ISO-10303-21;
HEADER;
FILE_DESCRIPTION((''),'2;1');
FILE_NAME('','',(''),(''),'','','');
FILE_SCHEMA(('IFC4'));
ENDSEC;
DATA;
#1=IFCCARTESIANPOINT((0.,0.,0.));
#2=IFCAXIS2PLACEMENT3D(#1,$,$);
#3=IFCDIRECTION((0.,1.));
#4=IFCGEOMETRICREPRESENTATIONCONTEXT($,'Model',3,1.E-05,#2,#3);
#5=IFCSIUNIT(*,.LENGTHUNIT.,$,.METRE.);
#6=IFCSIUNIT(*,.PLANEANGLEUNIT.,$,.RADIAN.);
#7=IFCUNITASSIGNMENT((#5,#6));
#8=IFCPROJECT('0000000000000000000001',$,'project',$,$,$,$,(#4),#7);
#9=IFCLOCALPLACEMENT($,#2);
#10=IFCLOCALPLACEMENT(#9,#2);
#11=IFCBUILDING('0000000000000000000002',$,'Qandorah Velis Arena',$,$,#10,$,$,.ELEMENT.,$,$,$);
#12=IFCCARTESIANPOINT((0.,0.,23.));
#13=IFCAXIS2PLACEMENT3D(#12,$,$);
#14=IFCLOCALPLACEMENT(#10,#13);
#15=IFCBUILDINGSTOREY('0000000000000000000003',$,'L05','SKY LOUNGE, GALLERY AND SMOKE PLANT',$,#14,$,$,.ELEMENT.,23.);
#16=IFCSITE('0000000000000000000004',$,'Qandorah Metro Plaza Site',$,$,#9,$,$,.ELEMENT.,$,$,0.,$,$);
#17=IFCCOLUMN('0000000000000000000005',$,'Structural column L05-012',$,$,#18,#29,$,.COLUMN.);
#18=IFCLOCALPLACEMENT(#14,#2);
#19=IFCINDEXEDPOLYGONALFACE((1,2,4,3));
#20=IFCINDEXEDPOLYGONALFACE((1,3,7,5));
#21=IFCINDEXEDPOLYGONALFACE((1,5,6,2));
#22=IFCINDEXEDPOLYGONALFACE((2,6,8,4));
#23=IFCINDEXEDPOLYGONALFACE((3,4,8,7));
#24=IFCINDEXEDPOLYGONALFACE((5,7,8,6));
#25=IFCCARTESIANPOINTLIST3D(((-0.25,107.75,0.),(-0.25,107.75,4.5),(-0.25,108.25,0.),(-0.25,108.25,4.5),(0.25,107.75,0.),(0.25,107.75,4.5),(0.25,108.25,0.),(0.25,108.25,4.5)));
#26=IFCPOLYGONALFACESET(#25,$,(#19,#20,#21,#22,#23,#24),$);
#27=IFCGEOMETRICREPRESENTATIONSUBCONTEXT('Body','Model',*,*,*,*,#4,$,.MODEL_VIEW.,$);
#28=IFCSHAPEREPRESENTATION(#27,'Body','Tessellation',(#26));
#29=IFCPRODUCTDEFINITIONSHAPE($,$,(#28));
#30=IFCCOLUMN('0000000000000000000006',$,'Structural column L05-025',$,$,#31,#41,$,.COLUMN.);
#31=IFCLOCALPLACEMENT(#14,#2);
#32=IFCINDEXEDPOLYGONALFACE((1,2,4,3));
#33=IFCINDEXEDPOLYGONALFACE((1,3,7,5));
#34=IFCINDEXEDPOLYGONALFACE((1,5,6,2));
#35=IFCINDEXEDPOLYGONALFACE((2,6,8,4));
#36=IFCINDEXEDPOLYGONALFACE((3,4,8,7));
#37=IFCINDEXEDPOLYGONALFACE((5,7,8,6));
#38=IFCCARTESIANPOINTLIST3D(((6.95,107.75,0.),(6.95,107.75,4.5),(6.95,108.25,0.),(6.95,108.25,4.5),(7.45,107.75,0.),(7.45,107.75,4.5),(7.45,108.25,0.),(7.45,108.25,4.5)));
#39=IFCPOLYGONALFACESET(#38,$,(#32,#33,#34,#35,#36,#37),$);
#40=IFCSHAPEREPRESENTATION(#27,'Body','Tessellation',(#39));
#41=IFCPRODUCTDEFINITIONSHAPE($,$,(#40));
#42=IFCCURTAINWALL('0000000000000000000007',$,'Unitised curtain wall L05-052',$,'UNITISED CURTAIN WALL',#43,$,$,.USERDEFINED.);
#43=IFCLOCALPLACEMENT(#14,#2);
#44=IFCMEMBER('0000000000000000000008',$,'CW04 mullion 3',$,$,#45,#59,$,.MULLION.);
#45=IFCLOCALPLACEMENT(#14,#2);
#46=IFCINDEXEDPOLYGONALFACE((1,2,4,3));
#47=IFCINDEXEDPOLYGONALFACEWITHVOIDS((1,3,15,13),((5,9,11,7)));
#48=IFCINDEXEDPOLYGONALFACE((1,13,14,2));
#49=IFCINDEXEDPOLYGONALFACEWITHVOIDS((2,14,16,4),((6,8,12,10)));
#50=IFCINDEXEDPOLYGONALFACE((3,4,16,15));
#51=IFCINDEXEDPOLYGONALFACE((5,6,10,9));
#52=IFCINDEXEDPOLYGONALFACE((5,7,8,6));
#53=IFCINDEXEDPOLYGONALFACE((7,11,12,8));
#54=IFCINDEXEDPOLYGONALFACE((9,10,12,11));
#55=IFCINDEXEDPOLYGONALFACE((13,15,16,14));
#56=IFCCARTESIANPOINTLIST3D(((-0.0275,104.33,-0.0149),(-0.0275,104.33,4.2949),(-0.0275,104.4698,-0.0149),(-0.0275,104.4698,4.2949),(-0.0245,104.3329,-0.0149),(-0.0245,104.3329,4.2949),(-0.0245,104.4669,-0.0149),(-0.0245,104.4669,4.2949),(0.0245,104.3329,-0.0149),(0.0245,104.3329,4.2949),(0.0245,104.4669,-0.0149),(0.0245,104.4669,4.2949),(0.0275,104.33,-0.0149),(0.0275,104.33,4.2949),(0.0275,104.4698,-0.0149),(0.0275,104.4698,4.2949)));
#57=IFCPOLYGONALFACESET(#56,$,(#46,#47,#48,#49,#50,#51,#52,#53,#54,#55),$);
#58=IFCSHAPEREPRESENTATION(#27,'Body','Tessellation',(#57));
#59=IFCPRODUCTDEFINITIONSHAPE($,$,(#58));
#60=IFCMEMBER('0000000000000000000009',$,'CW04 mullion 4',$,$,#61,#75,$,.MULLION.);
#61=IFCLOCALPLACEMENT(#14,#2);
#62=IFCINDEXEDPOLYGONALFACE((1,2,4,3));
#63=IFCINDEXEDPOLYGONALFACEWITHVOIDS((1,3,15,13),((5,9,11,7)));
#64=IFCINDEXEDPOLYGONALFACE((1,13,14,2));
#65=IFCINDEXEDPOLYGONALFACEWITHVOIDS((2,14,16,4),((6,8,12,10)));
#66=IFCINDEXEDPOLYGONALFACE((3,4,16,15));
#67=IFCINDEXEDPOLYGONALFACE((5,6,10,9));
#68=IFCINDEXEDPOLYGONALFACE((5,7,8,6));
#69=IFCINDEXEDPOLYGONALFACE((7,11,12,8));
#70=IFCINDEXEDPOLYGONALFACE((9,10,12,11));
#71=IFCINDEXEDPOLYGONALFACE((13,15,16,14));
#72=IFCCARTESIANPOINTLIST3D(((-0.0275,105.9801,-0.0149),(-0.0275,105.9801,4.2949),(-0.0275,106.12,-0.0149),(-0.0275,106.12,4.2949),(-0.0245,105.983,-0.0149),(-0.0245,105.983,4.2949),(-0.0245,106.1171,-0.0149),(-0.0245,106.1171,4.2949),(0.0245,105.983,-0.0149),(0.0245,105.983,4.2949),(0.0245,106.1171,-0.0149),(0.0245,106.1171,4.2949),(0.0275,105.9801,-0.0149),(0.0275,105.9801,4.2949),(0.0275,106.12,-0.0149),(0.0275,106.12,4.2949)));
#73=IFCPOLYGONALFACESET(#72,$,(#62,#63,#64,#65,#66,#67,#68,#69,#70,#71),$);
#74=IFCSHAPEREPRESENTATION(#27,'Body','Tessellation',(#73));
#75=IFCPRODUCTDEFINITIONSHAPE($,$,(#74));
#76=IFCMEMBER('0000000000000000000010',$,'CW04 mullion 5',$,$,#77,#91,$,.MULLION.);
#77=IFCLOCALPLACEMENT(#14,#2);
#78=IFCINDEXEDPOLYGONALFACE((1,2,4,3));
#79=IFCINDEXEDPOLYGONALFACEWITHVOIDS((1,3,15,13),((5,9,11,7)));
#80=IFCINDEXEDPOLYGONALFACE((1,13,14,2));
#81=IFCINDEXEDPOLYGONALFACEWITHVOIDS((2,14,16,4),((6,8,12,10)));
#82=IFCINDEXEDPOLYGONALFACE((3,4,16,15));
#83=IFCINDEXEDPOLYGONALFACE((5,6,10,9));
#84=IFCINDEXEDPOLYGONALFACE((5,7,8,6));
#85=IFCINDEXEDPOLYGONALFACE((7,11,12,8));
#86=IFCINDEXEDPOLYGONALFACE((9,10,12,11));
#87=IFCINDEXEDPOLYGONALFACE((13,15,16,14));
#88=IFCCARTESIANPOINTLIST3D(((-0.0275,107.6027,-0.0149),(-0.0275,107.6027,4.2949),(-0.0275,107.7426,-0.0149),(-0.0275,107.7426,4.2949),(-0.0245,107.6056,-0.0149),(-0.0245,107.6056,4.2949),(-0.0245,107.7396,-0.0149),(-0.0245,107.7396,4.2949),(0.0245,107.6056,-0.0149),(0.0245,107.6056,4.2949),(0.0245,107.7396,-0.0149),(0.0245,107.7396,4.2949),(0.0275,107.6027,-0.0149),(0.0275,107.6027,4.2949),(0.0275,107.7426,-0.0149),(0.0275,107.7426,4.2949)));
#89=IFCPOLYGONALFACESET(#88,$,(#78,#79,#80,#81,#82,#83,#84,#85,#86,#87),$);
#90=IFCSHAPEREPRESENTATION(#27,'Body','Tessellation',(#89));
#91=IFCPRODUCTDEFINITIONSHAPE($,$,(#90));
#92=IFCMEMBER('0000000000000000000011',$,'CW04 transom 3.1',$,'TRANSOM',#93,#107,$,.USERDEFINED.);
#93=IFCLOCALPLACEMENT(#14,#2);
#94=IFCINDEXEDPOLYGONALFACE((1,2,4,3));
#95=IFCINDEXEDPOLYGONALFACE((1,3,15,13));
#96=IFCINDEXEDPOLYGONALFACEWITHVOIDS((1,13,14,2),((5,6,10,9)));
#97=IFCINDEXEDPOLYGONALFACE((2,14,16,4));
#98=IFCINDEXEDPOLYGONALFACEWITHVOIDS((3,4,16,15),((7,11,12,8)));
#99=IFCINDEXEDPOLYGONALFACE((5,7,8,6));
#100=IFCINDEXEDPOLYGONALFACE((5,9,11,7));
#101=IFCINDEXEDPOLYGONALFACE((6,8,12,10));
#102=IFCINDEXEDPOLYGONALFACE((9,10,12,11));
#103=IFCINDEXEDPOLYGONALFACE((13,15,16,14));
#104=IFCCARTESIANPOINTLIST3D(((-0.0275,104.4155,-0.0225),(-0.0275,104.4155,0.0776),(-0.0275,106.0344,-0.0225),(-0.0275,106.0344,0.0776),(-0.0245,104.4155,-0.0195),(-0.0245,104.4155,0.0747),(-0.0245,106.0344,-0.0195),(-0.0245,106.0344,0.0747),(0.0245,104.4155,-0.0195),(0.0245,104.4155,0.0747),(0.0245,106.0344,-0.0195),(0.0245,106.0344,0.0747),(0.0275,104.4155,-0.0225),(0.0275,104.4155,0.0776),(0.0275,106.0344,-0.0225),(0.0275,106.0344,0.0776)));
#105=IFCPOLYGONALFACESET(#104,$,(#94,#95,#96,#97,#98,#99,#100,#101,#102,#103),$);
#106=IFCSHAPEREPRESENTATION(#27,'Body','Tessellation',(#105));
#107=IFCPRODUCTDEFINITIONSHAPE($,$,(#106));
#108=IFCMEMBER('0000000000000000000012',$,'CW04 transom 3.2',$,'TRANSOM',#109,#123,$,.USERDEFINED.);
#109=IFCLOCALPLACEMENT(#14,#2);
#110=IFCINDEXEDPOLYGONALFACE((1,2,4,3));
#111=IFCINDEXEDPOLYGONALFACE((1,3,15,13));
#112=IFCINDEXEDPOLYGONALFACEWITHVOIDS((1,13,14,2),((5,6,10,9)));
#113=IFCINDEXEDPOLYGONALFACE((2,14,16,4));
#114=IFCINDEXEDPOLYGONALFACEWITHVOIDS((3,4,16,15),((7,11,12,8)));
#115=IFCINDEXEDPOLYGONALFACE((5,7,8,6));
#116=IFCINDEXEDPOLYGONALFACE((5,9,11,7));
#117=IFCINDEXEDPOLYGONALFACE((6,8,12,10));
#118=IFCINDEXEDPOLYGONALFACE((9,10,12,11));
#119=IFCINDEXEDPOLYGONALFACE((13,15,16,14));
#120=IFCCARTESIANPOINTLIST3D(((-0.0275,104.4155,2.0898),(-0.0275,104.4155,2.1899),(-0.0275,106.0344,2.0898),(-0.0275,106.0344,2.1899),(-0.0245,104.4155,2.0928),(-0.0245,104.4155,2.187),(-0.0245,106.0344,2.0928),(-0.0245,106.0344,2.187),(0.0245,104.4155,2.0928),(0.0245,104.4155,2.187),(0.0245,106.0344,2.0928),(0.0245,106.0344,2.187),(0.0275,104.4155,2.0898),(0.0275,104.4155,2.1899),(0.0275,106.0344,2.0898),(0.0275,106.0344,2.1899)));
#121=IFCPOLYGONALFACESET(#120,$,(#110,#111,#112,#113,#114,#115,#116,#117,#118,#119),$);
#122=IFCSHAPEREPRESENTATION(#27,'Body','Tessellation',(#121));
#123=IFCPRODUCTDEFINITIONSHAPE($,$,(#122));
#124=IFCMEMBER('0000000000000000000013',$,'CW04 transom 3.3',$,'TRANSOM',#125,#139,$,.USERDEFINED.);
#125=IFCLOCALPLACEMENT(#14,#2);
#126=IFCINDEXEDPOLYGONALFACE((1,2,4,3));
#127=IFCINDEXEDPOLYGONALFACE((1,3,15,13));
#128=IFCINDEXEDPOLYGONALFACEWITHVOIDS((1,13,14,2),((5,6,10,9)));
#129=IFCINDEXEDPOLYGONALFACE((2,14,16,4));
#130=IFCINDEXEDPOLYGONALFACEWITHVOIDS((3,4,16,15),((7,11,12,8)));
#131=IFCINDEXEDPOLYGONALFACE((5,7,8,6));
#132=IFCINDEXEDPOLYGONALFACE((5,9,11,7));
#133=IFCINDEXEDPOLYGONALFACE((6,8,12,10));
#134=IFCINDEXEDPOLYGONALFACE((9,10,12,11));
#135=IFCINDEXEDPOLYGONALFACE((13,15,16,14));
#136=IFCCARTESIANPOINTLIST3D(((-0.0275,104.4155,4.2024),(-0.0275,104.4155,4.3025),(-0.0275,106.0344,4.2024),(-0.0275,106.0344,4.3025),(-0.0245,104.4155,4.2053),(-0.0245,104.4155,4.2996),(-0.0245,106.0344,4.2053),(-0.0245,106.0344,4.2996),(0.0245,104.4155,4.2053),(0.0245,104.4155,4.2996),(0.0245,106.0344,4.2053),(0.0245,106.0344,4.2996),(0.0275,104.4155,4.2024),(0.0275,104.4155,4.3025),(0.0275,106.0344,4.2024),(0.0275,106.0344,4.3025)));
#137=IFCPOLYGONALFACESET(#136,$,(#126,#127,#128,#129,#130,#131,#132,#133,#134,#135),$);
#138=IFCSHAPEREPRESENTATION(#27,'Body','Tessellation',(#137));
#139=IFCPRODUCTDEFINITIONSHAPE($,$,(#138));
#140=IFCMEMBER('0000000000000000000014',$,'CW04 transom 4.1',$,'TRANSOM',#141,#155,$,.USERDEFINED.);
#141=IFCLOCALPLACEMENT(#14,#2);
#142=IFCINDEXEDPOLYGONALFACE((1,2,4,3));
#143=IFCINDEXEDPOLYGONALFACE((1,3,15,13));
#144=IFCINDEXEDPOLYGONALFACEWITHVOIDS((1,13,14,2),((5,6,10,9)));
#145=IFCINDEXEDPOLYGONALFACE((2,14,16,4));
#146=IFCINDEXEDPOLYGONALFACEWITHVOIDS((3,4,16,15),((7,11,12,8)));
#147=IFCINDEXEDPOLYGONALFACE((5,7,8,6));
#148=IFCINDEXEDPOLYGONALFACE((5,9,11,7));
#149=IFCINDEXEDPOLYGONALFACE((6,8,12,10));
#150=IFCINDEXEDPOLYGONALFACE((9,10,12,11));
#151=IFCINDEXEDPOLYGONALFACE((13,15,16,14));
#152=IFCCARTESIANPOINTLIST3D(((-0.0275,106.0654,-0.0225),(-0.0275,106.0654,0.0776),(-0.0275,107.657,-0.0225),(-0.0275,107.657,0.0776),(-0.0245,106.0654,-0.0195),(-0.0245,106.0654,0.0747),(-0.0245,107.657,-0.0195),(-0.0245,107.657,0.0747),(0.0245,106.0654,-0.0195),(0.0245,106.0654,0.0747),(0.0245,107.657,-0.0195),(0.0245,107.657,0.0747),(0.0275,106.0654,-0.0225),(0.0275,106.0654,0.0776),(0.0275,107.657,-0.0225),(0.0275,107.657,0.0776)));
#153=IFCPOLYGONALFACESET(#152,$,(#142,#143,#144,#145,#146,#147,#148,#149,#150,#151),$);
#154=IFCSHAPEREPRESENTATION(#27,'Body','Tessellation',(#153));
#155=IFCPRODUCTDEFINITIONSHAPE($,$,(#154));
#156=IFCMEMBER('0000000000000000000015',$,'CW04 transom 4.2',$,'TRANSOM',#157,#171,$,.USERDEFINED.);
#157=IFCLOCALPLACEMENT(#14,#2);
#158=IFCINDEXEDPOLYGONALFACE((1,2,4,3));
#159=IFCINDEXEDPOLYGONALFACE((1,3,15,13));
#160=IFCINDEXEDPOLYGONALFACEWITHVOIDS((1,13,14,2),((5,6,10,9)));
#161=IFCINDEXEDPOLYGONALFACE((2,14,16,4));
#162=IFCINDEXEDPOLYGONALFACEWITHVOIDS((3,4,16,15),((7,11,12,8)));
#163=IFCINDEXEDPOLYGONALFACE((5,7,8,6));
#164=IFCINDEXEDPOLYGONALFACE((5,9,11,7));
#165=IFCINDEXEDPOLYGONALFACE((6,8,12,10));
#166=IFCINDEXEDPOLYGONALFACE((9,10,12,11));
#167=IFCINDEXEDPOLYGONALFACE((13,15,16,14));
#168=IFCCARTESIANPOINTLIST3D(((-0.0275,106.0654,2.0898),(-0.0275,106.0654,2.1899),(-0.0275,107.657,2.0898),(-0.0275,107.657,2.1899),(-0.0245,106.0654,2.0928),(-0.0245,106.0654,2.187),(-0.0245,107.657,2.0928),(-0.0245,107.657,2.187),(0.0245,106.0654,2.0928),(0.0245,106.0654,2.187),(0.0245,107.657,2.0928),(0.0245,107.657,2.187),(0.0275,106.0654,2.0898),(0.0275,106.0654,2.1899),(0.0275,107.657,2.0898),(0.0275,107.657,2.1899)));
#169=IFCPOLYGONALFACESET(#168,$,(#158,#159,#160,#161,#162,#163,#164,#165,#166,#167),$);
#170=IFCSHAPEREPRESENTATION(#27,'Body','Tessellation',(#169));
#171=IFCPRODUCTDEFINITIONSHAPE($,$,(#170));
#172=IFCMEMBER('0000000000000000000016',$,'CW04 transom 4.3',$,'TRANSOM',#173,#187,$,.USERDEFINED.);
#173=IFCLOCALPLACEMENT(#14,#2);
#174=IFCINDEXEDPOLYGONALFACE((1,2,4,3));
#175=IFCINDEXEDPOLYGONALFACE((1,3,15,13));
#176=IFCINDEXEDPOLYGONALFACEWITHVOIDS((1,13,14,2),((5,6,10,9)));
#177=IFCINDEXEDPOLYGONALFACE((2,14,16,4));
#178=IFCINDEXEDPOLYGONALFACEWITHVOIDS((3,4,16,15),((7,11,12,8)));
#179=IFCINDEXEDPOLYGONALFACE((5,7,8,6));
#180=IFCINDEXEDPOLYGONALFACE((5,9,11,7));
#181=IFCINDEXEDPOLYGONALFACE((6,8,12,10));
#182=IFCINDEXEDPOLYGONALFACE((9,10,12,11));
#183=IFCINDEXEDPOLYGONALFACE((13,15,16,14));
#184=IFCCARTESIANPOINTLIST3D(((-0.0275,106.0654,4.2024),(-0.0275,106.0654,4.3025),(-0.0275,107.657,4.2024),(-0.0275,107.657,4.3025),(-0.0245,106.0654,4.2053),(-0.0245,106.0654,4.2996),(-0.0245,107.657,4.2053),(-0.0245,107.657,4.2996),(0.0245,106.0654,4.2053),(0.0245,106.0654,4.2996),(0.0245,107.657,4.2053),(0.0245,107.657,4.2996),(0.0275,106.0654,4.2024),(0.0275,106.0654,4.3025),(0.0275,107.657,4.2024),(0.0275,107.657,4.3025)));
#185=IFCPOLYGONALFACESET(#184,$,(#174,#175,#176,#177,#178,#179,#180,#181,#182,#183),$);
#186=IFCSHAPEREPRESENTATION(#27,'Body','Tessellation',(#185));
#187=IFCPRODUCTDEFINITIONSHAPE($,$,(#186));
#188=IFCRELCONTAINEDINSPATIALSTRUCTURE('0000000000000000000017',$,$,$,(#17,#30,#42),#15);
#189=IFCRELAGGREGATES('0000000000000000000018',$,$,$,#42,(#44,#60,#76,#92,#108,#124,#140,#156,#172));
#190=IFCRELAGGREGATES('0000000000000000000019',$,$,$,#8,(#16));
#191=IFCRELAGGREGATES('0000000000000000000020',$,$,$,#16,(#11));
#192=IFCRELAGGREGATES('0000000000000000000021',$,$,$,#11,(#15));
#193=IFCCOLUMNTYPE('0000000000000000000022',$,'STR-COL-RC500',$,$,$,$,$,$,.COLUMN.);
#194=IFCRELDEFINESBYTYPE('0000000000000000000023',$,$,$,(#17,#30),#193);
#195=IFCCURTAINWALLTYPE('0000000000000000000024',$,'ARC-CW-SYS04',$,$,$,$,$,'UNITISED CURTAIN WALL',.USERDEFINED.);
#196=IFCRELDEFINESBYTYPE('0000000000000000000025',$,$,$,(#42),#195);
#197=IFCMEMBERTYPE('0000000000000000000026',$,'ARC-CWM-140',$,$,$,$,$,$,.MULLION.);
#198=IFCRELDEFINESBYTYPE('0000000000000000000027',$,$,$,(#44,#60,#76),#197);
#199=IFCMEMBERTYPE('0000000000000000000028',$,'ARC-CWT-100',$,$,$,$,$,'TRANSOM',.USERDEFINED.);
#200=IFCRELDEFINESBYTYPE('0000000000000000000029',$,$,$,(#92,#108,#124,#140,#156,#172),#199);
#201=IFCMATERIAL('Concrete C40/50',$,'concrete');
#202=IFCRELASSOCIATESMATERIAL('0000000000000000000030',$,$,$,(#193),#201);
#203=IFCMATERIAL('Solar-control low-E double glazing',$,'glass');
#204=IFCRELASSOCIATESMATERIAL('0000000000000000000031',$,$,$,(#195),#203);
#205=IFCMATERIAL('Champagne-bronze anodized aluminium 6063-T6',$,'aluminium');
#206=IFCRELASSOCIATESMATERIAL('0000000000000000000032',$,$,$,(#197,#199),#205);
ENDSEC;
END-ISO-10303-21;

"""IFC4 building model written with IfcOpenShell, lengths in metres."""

from ifc_helpers import new_model, si_unit, direction, frame, origin, origin_2d, place, context, subcontext, project, spatial, rectangle, hollow_rectangle, extrude, material, material_profile, profile_set, type_object, element, aggregate, save


model = new_model("IFC4")

# Units and contexts
model_context = context("Model", 3, precision=1e-05, world=origin(), true_north=direction((0.0, 1.0)))
body_context = subcontext(model_context, "Body", "Model", "MODEL_VIEW")
ifc_project = project(units=[si_unit("LENGTHUNIT", "METRE"), si_unit("PLANEANGLEUNIT", "RADIAN")], contexts=[model_context])

# Site, building, storey
site_placement = place(None, origin())
site = spatial("IfcSite", under=ifc_project, at=site_placement, Name="Qandorah Metro Plaza Site", CompositionType="ELEMENT", RefElevation=0.0)
building_placement = place(site_placement, origin())
building = spatial("IfcBuilding", under=site, at=building_placement, Name="Qandorah Velis Arena", CompositionType="ELEMENT")
storey_placement = place(building_placement, frame((0.0, 0.0, 23.0)))
storey = spatial("IfcBuildingStorey", under=building, at=storey_placement, Name="L05", Description="SKY LOUNGE, GALLERY AND SMOKE PLANT", CompositionType="ELEMENT", Elevation=23.0)

# Columns
ifc_material_1 = material(Name="Concrete C40/50", Category="concrete")
ifc_material_profile_1 = material_profile(ifc_material_1, rectangle(XDim=0.5, YDim=0.5, at=origin_2d()), Name="RC COL 500x500")
ifc_profile_set_1 = profile_set([ifc_material_profile_1], Name="Concrete C40/50")
column_type = type_object("IfcColumnType", Name="STR-COL-RC500", PredefinedType="COLUMN", material=ifc_profile_set_1)
for number, where, z_axis, x_axis, name in (
    (1, (0.0, 108.0, 0.0), (0.0, 0.0, 1.0), (1.0, 0.0, 0.0), "Structural column L05-012"),
    (2, (7.2, 108.0, 0.0), (0.0, 0.0, 1.0), (1.0, 0.0, 0.0), "Structural column L05-025"),
):
    element("IfcColumn", number, at=place(storey_placement, frame(where, z_axis=z_axis, x_axis=x_axis)), inside=storey, type_object=column_type, Name=name, PredefinedType="COLUMN", context=body_context, shape_type="SweptSolid", body=[
        extrude(rectangle(XDim=0.5, YDim=0.5, at=origin_2d()), origin(), (0.0, 0.0, 1.0), 4.5),
    ])

# Curtain wall, members
ifc_material_2 = material(Name="Solar-control low-E double glazing", Category="glass")
curtain_wall_type = type_object("IfcCurtainWallType", Name="ARC-CW-SYS04", ElementType="UNITISED CURTAIN WALL", PredefinedType="USERDEFINED", material=ifc_material_2)
curtain_wall_placement = place(storey_placement, origin())
curtain_wall = element("IfcCurtainWall", 3, at=curtain_wall_placement, inside=storey, type_object=curtain_wall_type, Name="Unitised curtain wall L05-052", ObjectType="UNITISED CURTAIN WALL", PredefinedType="USERDEFINED")
ifc_material_3 = material(Name="Champagne-bronze anodized aluminium 6063-T6", Category="aluminium")
ifc_material_profile_2 = material_profile(ifc_material_3, hollow_rectangle(XDim=0.0549, YDim=0.1399, WallThickness=0.0029, at=origin_2d()), Name="ALU MULLION 55x140")
ifc_profile_set_2 = profile_set([ifc_material_profile_2], Name="Champagne-bronze anodized aluminium 6063-T6")
member_type_1 = type_object("IfcMemberType", Name="ARC-CWM-140", PredefinedType="MULLION", material=ifc_profile_set_2)
member_1_placement = place(storey_placement, frame((0.0, 104.3999, -0.0149), z_axis=(0.0, 0.0, 1.0), x_axis=(-1.0, 0.0, 0.0)))
member_1 = element("IfcMember", 4, at=member_1_placement, type_object=member_type_1, Name="CW04 mullion 3", PredefinedType="MULLION", context=body_context, shape_type="SweptSolid", body=[
    extrude(hollow_rectangle(XDim=0.0549, YDim=0.1399, WallThickness=0.0029, at=origin_2d()), origin(), (0.0, 0.0, 1.0), 4.3098),
])
member_2_placement = place(storey_placement, frame((0.0, 106.05, -0.0149), z_axis=(0.0, 0.0, 1.0), x_axis=(-1.0, 0.0, 0.0)))
member_2 = element("IfcMember", 5, at=member_2_placement, type_object=member_type_1, Name="CW04 mullion 4", PredefinedType="MULLION", context=body_context, shape_type="SweptSolid", body=[
    extrude(hollow_rectangle(XDim=0.0549, YDim=0.1399, WallThickness=0.0029, at=origin_2d()), origin(), (0.0, 0.0, 1.0), 4.3098),
])
member_3_placement = place(storey_placement, frame((0.0, 107.6726, -0.0149), z_axis=(0.0, 0.0, 1.0), x_axis=(-1.0, 0.0, 0.0)))
member_3 = element("IfcMember", 6, at=member_3_placement, type_object=member_type_1, Name="CW04 mullion 5", PredefinedType="MULLION", context=body_context, shape_type="SweptSolid", body=[
    extrude(hollow_rectangle(XDim=0.0549, YDim=0.1399, WallThickness=0.0029, at=origin_2d()), origin(), (0.0, 0.0, 1.0), 4.3098),
])
ifc_material_profile_3 = material_profile(ifc_material_3, hollow_rectangle(XDim=0.0549, YDim=0.1001, WallThickness=0.0029, at=origin_2d()), Name="ALU TRANSOM 55x100")
ifc_profile_set_3 = profile_set([ifc_material_profile_3], Name="Champagne-bronze anodized aluminium 6063-T6")
member_type_2 = type_object("IfcMemberType", Name="ARC-CWT-100", ElementType="TRANSOM", PredefinedType="USERDEFINED", material=ifc_profile_set_3)
member_4_placement = place(storey_placement, frame((0.0, 104.4155, 0.0276), z_axis=(0.0, 1.0, 0.0), x_axis=(-1.0, 0.0, 0.0)))
member_4 = element("IfcMember", 7, at=member_4_placement, type_object=member_type_2, Name="CW04 transom 3.1", ObjectType="TRANSOM", PredefinedType="USERDEFINED", context=body_context, shape_type="SweptSolid", body=[
    extrude(hollow_rectangle(XDim=0.0549, YDim=0.1001, WallThickness=0.0029, at=origin_2d()), origin(), (0.0, 0.0, 1.0), 1.6189),
])
member_5_placement = place(storey_placement, frame((0.0, 104.4155, 2.1399), z_axis=(0.0, 1.0, 0.0), x_axis=(-1.0, 0.0, 0.0)))
member_5 = element("IfcMember", 8, at=member_5_placement, type_object=member_type_2, Name="CW04 transom 3.2", ObjectType="TRANSOM", PredefinedType="USERDEFINED", context=body_context, shape_type="SweptSolid", body=[
    extrude(hollow_rectangle(XDim=0.0549, YDim=0.1001, WallThickness=0.0029, at=origin_2d()), origin(), (0.0, 0.0, 1.0), 1.6189),
])
member_6_placement = place(storey_placement, frame((0.0, 104.4155, 4.2524), z_axis=(0.0, 1.0, 0.0), x_axis=(-1.0, 0.0, 0.0)))
member_6 = element("IfcMember", 9, at=member_6_placement, type_object=member_type_2, Name="CW04 transom 3.3", ObjectType="TRANSOM", PredefinedType="USERDEFINED", context=body_context, shape_type="SweptSolid", body=[
    extrude(hollow_rectangle(XDim=0.0549, YDim=0.1001, WallThickness=0.0029, at=origin_2d()), origin(), (0.0, 0.0, 1.0), 1.6189),
])
member_7_placement = place(storey_placement, frame((0.0, 106.0654, 0.0276), z_axis=(0.0, 1.0, 0.0), x_axis=(-1.0, 0.0, 0.0)))
member_7 = element("IfcMember", 10, at=member_7_placement, type_object=member_type_2, Name="CW04 transom 4.1", ObjectType="TRANSOM", PredefinedType="USERDEFINED", context=body_context, shape_type="SweptSolid", body=[
    extrude(hollow_rectangle(XDim=0.0549, YDim=0.1001, WallThickness=0.0029, at=origin_2d()), origin(), (0.0, 0.0, 1.0), 1.5916),
])
member_8_placement = place(storey_placement, frame((0.0, 106.0654, 2.1399), z_axis=(0.0, 1.0, 0.0), x_axis=(-1.0, 0.0, 0.0)))
member_8 = element("IfcMember", 11, at=member_8_placement, type_object=member_type_2, Name="CW04 transom 4.2", ObjectType="TRANSOM", PredefinedType="USERDEFINED", context=body_context, shape_type="SweptSolid", body=[
    extrude(hollow_rectangle(XDim=0.0549, YDim=0.1001, WallThickness=0.0029, at=origin_2d()), origin(), (0.0, 0.0, 1.0), 1.5916),
])
member_9_placement = place(storey_placement, frame((0.0, 106.0654, 4.2524), z_axis=(0.0, 1.0, 0.0), x_axis=(-1.0, 0.0, 0.0)))
member_9 = element("IfcMember", 12, at=member_9_placement, type_object=member_type_2, Name="CW04 transom 4.3", ObjectType="TRANSOM", PredefinedType="USERDEFINED", context=body_context, shape_type="SweptSolid", body=[
    extrude(hollow_rectangle(XDim=0.0549, YDim=0.1001, WallThickness=0.0029, at=origin_2d()), origin(), (0.0, 0.0, 1.0), 1.5916),
])

aggregate(curtain_wall, [member_1, member_2, member_3, member_4, member_5, member_6, member_7, member_8, member_9])

save(model, "model.ifc")
